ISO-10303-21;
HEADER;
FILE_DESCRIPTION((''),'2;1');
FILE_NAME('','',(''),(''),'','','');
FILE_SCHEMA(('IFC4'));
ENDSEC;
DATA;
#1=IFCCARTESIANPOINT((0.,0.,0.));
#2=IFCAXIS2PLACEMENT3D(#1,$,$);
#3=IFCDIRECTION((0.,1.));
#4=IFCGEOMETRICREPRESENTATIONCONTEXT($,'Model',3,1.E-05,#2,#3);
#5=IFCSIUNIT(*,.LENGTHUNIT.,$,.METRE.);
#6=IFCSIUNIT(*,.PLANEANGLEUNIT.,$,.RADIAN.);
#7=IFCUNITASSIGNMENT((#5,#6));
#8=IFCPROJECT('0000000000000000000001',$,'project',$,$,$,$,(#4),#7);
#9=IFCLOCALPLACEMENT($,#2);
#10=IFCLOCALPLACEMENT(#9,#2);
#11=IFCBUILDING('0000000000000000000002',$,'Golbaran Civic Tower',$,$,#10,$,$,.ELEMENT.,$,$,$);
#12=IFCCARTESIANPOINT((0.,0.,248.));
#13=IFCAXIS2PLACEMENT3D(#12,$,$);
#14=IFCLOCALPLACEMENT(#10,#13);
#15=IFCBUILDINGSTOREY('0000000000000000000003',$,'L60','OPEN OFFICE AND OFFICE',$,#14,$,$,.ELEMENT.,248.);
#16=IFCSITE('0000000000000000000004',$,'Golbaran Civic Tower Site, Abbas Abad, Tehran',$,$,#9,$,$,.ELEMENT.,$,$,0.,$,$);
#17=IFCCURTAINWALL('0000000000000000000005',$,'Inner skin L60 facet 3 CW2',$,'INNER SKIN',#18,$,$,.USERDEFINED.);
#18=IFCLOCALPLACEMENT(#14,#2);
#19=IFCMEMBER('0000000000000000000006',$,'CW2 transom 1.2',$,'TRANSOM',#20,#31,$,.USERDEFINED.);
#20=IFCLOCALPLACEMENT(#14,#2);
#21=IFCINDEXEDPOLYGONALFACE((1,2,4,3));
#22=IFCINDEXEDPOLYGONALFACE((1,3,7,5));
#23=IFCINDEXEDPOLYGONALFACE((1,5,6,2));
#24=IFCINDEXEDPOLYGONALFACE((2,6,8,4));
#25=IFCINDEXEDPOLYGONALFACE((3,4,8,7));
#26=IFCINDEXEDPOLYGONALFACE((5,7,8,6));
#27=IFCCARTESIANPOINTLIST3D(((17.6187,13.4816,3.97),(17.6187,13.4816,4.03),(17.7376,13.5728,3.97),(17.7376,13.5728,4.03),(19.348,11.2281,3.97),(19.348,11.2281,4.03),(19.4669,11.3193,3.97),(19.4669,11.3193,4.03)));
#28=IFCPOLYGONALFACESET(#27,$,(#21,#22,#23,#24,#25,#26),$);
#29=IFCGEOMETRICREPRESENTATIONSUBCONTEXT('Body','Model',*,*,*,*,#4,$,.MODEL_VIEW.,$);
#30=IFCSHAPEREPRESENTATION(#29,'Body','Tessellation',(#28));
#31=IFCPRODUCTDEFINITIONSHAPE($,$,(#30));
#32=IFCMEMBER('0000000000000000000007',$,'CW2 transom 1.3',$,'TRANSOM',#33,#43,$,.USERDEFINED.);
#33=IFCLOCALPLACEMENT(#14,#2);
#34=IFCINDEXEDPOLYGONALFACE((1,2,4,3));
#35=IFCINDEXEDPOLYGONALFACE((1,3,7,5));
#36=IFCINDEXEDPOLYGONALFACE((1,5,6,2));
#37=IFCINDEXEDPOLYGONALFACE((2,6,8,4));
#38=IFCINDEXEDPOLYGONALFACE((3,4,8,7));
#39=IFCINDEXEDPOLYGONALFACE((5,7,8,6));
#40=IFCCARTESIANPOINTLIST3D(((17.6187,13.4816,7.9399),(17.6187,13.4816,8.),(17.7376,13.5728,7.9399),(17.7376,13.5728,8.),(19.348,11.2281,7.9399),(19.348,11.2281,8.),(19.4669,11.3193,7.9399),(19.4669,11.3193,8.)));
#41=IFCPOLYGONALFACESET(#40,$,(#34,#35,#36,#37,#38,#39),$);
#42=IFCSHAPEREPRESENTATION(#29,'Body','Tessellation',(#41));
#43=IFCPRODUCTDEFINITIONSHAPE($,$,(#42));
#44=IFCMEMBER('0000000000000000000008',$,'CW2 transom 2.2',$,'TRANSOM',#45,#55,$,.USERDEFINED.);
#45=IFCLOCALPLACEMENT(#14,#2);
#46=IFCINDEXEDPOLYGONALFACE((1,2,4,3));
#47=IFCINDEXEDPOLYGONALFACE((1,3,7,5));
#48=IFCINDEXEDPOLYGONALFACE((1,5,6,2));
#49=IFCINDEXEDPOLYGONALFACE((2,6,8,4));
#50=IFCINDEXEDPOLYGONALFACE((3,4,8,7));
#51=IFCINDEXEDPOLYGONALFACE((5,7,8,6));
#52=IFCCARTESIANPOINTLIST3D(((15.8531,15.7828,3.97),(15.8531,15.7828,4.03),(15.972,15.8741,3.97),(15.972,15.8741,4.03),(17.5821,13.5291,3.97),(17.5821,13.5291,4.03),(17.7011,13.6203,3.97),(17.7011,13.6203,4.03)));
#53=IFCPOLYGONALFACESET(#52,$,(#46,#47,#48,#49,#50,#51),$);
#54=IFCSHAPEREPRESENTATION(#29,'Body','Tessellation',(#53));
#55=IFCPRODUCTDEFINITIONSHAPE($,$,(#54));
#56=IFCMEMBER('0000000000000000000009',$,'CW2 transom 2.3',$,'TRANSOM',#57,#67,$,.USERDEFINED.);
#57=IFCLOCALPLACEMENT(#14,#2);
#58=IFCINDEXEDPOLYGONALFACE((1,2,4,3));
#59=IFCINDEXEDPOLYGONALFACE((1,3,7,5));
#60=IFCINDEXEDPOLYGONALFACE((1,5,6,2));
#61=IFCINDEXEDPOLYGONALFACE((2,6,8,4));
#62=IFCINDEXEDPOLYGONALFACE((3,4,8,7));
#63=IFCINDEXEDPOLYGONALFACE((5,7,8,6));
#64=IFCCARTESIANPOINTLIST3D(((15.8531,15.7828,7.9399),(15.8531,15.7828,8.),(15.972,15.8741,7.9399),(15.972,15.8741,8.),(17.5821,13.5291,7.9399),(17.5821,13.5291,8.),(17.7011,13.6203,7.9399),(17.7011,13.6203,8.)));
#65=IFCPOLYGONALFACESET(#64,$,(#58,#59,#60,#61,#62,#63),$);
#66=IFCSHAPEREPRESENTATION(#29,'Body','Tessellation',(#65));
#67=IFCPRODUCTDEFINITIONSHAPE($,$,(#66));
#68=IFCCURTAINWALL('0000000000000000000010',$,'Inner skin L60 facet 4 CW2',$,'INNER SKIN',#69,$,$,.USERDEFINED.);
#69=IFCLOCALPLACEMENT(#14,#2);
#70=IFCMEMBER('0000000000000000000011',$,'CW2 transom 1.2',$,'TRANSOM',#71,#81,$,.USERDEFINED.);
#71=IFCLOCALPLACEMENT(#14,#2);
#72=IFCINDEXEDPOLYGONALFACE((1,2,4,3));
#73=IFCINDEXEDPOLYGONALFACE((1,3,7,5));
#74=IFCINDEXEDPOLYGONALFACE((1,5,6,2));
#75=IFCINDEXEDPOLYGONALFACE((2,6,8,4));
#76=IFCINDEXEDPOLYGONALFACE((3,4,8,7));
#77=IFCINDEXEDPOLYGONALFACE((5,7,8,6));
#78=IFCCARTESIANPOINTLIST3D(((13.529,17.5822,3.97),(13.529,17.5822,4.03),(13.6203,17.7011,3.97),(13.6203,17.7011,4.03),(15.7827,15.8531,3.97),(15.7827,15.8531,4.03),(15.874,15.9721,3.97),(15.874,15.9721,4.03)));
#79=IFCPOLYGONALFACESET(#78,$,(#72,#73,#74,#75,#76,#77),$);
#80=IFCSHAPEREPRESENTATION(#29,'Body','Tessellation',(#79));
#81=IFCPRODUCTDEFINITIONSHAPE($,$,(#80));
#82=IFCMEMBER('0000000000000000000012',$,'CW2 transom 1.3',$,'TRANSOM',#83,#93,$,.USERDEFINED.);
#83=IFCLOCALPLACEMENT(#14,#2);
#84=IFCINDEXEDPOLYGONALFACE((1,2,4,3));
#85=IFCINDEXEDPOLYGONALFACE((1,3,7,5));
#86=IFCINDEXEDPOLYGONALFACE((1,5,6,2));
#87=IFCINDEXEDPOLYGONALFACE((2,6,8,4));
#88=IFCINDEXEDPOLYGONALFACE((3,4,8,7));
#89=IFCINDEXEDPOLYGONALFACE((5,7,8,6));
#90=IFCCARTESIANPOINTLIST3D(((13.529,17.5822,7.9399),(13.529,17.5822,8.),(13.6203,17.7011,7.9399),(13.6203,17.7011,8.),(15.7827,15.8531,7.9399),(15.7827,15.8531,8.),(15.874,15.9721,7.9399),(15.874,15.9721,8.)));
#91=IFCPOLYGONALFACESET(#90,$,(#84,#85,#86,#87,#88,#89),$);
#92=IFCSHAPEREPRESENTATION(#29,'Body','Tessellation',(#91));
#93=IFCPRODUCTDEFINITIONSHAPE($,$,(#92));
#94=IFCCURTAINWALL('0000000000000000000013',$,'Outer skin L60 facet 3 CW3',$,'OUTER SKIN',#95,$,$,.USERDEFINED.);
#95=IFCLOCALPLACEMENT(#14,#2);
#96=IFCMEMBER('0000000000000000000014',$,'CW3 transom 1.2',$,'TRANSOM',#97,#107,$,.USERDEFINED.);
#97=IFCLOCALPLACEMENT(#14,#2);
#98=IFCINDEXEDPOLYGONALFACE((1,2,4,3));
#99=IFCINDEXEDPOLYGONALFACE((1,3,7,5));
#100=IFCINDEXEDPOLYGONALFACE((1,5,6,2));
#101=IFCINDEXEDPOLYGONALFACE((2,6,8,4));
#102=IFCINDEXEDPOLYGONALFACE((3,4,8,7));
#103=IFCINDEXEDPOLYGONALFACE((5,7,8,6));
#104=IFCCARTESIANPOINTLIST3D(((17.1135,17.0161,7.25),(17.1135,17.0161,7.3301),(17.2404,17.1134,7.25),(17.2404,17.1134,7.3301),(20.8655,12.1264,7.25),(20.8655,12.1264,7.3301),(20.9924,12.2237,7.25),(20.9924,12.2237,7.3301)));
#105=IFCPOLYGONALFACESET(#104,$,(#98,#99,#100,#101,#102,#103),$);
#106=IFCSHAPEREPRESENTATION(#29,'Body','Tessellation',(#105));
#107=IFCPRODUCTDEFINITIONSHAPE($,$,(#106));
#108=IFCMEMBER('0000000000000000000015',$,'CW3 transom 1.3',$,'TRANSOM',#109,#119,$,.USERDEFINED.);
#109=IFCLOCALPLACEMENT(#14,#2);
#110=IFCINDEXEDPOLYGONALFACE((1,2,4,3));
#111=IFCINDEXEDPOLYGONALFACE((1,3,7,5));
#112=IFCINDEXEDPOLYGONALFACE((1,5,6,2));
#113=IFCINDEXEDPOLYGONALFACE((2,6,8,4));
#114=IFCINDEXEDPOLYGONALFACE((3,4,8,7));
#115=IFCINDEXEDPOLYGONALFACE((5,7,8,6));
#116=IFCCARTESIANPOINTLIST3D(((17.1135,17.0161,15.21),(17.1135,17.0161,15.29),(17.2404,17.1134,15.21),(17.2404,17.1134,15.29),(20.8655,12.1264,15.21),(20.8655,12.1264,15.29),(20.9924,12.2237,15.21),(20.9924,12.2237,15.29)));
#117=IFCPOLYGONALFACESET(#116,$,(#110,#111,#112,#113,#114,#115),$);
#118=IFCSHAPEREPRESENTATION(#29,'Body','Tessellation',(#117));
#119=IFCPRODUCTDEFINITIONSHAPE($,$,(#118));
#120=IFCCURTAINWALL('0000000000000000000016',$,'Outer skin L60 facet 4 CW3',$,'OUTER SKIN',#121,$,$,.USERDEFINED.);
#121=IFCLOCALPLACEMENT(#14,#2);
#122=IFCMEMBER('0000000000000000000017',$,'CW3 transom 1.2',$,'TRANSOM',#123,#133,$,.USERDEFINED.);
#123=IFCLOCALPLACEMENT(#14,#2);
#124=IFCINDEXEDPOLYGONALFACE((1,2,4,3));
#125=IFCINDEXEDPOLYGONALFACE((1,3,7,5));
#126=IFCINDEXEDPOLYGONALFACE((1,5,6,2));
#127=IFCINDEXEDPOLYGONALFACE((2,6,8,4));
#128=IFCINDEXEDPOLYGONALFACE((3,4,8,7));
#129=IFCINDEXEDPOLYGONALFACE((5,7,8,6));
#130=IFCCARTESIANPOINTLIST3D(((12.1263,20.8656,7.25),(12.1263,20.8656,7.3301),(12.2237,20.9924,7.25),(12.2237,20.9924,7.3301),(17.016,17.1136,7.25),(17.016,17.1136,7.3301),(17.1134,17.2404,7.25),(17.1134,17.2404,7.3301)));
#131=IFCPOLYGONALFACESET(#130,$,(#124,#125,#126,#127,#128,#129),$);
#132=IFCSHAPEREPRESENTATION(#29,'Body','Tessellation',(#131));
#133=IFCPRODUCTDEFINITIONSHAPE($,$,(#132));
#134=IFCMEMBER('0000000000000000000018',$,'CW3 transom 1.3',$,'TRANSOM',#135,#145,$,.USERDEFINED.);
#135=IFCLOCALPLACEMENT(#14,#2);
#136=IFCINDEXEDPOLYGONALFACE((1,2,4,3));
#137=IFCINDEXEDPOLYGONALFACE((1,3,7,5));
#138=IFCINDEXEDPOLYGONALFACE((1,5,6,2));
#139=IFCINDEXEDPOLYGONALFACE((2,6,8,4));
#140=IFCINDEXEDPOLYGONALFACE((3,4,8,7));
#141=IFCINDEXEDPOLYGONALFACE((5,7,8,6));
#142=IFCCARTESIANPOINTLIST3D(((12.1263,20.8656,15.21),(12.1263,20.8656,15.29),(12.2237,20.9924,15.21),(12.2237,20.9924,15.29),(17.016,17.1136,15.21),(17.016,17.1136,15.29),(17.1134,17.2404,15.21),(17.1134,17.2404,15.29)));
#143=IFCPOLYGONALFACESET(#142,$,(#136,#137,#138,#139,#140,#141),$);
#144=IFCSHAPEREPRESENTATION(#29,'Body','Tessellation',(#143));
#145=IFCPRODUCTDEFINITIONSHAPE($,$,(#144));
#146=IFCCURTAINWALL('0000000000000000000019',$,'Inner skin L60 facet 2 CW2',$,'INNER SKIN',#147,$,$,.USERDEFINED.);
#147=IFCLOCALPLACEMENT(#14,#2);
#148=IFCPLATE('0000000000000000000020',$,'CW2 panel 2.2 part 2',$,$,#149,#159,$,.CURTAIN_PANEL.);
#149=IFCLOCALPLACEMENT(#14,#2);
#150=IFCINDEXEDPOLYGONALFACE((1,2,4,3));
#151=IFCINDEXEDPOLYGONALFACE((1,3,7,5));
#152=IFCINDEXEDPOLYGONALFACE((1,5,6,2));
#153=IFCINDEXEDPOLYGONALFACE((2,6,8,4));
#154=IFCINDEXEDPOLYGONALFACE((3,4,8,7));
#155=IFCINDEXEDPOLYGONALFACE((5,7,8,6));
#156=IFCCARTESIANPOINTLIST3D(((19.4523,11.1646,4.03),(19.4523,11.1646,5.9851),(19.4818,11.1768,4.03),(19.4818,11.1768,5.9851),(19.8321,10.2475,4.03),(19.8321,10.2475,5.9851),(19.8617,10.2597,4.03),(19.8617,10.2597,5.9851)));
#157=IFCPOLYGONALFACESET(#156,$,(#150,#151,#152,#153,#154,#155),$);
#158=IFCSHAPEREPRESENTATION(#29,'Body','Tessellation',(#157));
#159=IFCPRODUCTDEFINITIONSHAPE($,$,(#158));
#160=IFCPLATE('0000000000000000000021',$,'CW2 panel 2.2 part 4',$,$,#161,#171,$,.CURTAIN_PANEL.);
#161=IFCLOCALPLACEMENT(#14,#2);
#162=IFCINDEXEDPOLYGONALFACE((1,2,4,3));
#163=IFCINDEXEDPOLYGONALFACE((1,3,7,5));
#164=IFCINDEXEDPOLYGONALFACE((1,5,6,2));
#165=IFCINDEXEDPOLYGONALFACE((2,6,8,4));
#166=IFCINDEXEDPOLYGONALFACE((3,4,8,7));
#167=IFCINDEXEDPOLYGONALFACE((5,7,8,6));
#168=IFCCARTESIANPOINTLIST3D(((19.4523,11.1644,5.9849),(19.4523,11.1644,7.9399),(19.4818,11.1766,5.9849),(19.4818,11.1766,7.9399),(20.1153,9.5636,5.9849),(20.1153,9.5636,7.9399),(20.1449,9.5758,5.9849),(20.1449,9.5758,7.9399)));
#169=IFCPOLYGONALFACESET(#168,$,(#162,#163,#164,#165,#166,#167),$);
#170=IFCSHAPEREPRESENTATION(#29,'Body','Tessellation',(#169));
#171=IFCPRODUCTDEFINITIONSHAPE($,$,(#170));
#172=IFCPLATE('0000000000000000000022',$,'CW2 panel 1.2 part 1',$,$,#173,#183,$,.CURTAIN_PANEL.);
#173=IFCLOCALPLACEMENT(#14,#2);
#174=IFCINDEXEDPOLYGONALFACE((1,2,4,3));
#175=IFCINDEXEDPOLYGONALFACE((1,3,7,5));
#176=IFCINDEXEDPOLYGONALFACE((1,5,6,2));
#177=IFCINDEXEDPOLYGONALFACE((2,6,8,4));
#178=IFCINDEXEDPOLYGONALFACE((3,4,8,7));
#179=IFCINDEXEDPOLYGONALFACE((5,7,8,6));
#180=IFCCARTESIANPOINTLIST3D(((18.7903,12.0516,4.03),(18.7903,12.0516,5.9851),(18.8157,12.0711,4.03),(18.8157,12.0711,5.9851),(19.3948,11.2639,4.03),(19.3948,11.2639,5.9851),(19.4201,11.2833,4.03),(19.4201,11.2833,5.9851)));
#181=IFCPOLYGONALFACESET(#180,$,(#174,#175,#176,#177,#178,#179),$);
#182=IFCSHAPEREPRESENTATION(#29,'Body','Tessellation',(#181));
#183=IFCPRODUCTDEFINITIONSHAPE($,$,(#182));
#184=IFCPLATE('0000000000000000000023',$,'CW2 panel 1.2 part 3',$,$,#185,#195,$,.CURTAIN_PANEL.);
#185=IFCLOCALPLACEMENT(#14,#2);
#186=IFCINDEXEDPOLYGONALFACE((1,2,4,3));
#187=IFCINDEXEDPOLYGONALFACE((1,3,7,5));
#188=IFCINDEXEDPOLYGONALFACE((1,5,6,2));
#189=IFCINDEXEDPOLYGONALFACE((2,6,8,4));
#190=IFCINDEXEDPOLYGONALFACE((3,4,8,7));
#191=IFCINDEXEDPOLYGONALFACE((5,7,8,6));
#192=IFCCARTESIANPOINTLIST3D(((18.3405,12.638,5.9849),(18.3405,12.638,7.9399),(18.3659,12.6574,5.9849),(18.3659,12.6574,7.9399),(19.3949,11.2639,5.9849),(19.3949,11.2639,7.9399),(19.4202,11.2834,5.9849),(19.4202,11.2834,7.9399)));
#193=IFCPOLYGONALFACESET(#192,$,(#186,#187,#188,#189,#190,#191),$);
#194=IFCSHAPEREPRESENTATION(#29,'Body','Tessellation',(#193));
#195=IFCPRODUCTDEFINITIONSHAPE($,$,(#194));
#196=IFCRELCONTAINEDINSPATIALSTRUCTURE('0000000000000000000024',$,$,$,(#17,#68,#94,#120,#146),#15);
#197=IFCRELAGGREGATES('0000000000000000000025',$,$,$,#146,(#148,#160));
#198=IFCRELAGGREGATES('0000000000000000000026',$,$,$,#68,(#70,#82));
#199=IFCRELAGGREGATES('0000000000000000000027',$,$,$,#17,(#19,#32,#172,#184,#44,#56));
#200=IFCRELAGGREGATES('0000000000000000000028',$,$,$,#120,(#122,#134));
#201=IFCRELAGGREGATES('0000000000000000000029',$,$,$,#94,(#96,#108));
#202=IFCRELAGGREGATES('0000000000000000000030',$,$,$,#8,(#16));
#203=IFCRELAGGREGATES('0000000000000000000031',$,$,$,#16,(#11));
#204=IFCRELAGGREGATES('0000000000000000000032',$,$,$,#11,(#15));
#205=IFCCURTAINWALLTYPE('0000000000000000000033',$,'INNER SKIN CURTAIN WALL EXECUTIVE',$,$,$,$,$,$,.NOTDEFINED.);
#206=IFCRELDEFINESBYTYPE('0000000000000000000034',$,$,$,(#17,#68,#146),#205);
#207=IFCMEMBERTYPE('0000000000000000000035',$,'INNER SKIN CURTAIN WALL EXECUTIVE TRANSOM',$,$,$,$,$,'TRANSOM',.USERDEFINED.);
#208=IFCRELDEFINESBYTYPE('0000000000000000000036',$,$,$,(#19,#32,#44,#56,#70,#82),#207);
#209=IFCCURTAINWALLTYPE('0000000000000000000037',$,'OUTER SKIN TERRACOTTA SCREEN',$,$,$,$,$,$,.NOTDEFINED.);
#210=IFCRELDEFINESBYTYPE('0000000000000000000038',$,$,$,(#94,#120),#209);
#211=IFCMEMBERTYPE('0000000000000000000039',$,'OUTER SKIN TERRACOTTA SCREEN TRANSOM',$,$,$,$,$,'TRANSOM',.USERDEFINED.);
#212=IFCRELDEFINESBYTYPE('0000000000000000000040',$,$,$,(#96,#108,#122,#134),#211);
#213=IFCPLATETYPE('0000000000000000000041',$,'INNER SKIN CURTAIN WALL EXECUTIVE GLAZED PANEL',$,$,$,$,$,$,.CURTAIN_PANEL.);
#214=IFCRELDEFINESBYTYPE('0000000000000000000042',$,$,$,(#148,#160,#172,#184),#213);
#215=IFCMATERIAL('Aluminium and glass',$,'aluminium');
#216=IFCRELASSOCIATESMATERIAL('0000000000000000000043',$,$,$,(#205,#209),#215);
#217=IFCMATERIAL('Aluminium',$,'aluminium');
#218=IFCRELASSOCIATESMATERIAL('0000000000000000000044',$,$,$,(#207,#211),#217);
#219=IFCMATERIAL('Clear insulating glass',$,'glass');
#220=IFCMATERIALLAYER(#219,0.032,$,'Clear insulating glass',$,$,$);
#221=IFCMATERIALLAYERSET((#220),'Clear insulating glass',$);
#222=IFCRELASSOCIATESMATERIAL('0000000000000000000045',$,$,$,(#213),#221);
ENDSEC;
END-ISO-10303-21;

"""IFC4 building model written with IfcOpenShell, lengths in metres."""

from ifc_helpers import new_model, si_unit, direction, frame, origin, origin_2d, place, context, subcontext, project, spatial, rectangle, extrude, material, layer, layer_set, material_profile, profile_set, type_object, element, aggregate, save


model = new_model("IFC4")

# Units and contexts
model_context = context("Model", 3, precision=1e-05, world=origin(), true_north=direction((0.0, 1.0)))
body_context = subcontext(model_context, "Body", "Model", "MODEL_VIEW")
ifc_project = project(units=[si_unit("LENGTHUNIT", "METRE"), si_unit("PLANEANGLEUNIT", "RADIAN")], contexts=[model_context])

# Site, building, storey
site_placement = place(None, origin())
site = spatial("IfcSite", under=ifc_project, at=site_placement, Name="Golbaran Civic Tower Site, Abbas Abad, Tehran", CompositionType="ELEMENT", RefElevation=0.0)
building_placement = place(site_placement, origin())
building = spatial("IfcBuilding", under=site, at=building_placement, Name="Golbaran Civic Tower", CompositionType="ELEMENT")
storey_placement = place(building_placement, frame((0.0, 0.0, 248.0)))
storey = spatial("IfcBuildingStorey", under=building, at=storey_placement, Name="L60", Description="OPEN OFFICE AND OFFICE", CompositionType="ELEMENT", Elevation=248.0)

# Curtain walls, members
ifc_material_1 = material(Name="Aluminium and glass", Category="aluminium")
curtain_wall_type_1 = type_object("IfcCurtainWallType", Name="INNER SKIN CURTAIN WALL EXECUTIVE", PredefinedType="NOTDEFINED", material=ifc_material_1)
curtain_wall_1_placement = place(storey_placement, origin())
curtain_wall_1 = element("IfcCurtainWall", 1, at=curtain_wall_1_placement, inside=storey, type_object=curtain_wall_type_1, Name="Inner skin L60 facet 3 CW2", ObjectType="INNER SKIN", PredefinedType="USERDEFINED")
ifc_material_2 = material(Name="Aluminium", Category="aluminium")
ifc_material_profile_1 = material_profile(ifc_material_2, rectangle(XDim=0.1499, YDim=0.0601, at=origin_2d()), Name="INNER SKIN CURTAIN WALL EXECUTIVE TRANSOM")
ifc_profile_set_1 = profile_set([ifc_material_profile_1], Name="Aluminium")
member_type_1 = type_object("IfcMemberType", Name="INNER SKIN CURTAIN WALL EXECUTIVE TRANSOM", ElementType="TRANSOM", PredefinedType="USERDEFINED", material=ifc_profile_set_1)
member_1_placement = place(storey_placement, frame((19.4075, 11.2737, 4.0), z_axis=(-0.608792, 0.79333, 0.0), x_axis=(-0.79333, -0.608792, 0.0)))
member_1 = element("IfcMember", 2, at=member_1_placement, type_object=member_type_1, Name="CW2 transom 1.2", ObjectType="TRANSOM", PredefinedType="USERDEFINED", context=body_context, shape_type="SweptSolid", body=[
    extrude(rectangle(XDim=0.1499, YDim=0.0601, at=origin_2d()), origin(), (0.0, 0.0, 1.0), 2.8406),
])
member_2_placement = place(storey_placement, frame((19.4075, 11.2737, 7.97), z_axis=(-0.608792, 0.79333, 0.0), x_axis=(-0.79333, -0.608792, 0.0)))
member_2 = element("IfcMember", 3, at=member_2_placement, type_object=member_type_1, Name="CW2 transom 1.3", ObjectType="TRANSOM", PredefinedType="USERDEFINED", context=body_context, shape_type="SweptSolid", body=[
    extrude(rectangle(XDim=0.1499, YDim=0.0601, at=origin_2d()), origin(), (0.0, 0.0, 1.0), 2.8406),
])
member_3_placement = place(storey_placement, frame((17.6416, 13.5747, 4.0), z_axis=(-0.608697, 0.793403, 0.0), x_axis=(-0.793403, -0.608697, 0.0)))
member_3 = element("IfcMember", 4, at=member_3_placement, type_object=member_type_1, Name="CW2 transom 2.2", ObjectType="TRANSOM", PredefinedType="USERDEFINED", context=body_context, shape_type="SweptSolid", body=[
    extrude(rectangle(XDim=0.1499, YDim=0.0601, at=origin_2d()), origin(), (0.0, 0.0, 1.0), 2.8406),
])
member_4_placement = place(storey_placement, frame((17.6416, 13.5747, 7.97), z_axis=(-0.608697, 0.793403, 0.0), x_axis=(-0.793403, -0.608697, 0.0)))
member_4 = element("IfcMember", 5, at=member_4_placement, type_object=member_type_1, Name="CW2 transom 2.3", ObjectType="TRANSOM", PredefinedType="USERDEFINED", context=body_context, shape_type="SweptSolid", body=[
    extrude(rectangle(XDim=0.1499, YDim=0.0601, at=origin_2d()), origin(), (0.0, 0.0, 1.0), 2.8406),
])
curtain_wall_2_placement = place(storey_placement, origin())
curtain_wall_2 = element("IfcCurtainWall", 6, at=curtain_wall_2_placement, inside=storey, type_object=curtain_wall_type_1, Name="Inner skin L60 facet 4 CW2", ObjectType="INNER SKIN", PredefinedType="USERDEFINED")
member_5_placement = place(storey_placement, frame((15.8284, 15.9126, 4.0), z_axis=(-0.793403, 0.608697, 0.0), x_axis=(-0.608697, -0.793403, 0.0)))
member_5 = element("IfcMember", 7, at=member_5_placement, type_object=member_type_1, Name="CW2 transom 1.2", ObjectType="TRANSOM", PredefinedType="USERDEFINED", context=body_context, shape_type="SweptSolid", body=[
    extrude(rectangle(XDim=0.1499, YDim=0.0601, at=origin_2d()), origin(), (0.0, 0.0, 1.0), 2.8406),
])
member_6_placement = place(storey_placement, frame((15.8284, 15.9126, 7.97), z_axis=(-0.793403, 0.608697, 0.0), x_axis=(-0.608697, -0.793403, 0.0)))
member_6 = element("IfcMember", 8, at=member_6_placement, type_object=member_type_1, Name="CW2 transom 1.3", ObjectType="TRANSOM", PredefinedType="USERDEFINED", context=body_context, shape_type="SweptSolid", body=[
    extrude(rectangle(XDim=0.1499, YDim=0.0601, at=origin_2d()), origin(), (0.0, 0.0, 1.0), 2.8406),
])
curtain_wall_type_2 = type_object("IfcCurtainWallType", Name="OUTER SKIN TERRACOTTA SCREEN", PredefinedType="NOTDEFINED", material=ifc_material_1)
curtain_wall_3_placement = place(storey_placement, origin())
curtain_wall_3 = element("IfcCurtainWall", 9, at=curtain_wall_3_placement, inside=storey, type_object=curtain_wall_type_2, Name="Outer skin L60 facet 3 CW3", ObjectType="OUTER SKIN", PredefinedType="USERDEFINED")
ifc_material_profile_2 = material_profile(ifc_material_2, rectangle(XDim=0.1599, YDim=0.0801, at=origin_2d()), Name="OUTER SKIN TERRACOTTA SCREEN TRANSOM")
ifc_profile_set_2 = profile_set([ifc_material_profile_2], Name="Aluminium")
member_type_2 = type_object("IfcMemberType", Name="OUTER SKIN TERRACOTTA SCREEN TRANSOM", ElementType="TRANSOM", PredefinedType="USERDEFINED", material=ifc_profile_set_2)
member_7_placement = place(storey_placement, frame((20.929, 12.175, 7.29), z_axis=(-0.608761, 0.793354, 0.0), x_axis=(-0.793354, -0.608761, 0.0)))
member_7 = element("IfcMember", 10, at=member_7_placement, type_object=member_type_2, Name="CW3 transom 1.2", ObjectType="TRANSOM", PredefinedType="USERDEFINED", context=body_context, shape_type="SweptSolid", body=[
    extrude(rectangle(XDim=0.1599, YDim=0.0801, at=origin_2d()), origin(), (0.0, 0.0, 1.0), 6.1633),
])
member_8_placement = place(storey_placement, frame((20.929, 12.175, 15.25), z_axis=(-0.608761, 0.793354, 0.0), x_axis=(-0.793354, -0.608761, 0.0)))
member_8 = element("IfcMember", 11, at=member_8_placement, type_object=member_type_2, Name="CW3 transom 1.3", ObjectType="TRANSOM", PredefinedType="USERDEFINED", context=body_context, shape_type="SweptSolid", body=[
    extrude(rectangle(XDim=0.1599, YDim=0.0801, at=origin_2d()), origin(), (0.0, 0.0, 1.0), 6.1633),
])
curtain_wall_4_placement = place(storey_placement, origin())
curtain_wall_4 = element("IfcCurtainWall", 12, at=curtain_wall_4_placement, inside=storey, type_object=curtain_wall_type_2, Name="Outer skin L60 facet 4 CW3", ObjectType="OUTER SKIN", PredefinedType="USERDEFINED")
member_9_placement = place(storey_placement, frame((17.0647, 17.177, 7.29), z_axis=(-0.793354, 0.608761, 0.0), x_axis=(-0.608761, -0.793354, 0.0)))
member_9 = element("IfcMember", 13, at=member_9_placement, type_object=member_type_2, Name="CW3 transom 1.2", ObjectType="TRANSOM", PredefinedType="USERDEFINED", context=body_context, shape_type="SweptSolid", body=[
    extrude(rectangle(XDim=0.1599, YDim=0.0801, at=origin_2d()), origin(), (0.0, 0.0, 1.0), 6.1633),
])
member_10_placement = place(storey_placement, frame((17.0647, 17.177, 15.25), z_axis=(-0.793354, 0.608761, 0.0), x_axis=(-0.608761, -0.793354, 0.0)))
member_10 = element("IfcMember", 14, at=member_10_placement, type_object=member_type_2, Name="CW3 transom 1.3", ObjectType="TRANSOM", PredefinedType="USERDEFINED", context=body_context, shape_type="SweptSolid", body=[
    extrude(rectangle(XDim=0.1599, YDim=0.0801, at=origin_2d()), origin(), (0.0, 0.0, 1.0), 6.1633),
])

# Curtain wall, plates
curtain_wall_5_placement = place(storey_placement, origin())
curtain_wall_5 = element("IfcCurtainWall", 15, at=curtain_wall_5_placement, inside=storey, type_object=curtain_wall_type_1, Name="Inner skin L60 facet 2 CW2", ObjectType="INNER SKIN", PredefinedType="USERDEFINED")
ifc_material_3 = material(Name="Clear insulating glass", Category="glass")
ifc_layer_1 = layer(ifc_material_3, 0.032, Name="Clear insulating glass")
ifc_layer_set_1 = layer_set([ifc_layer_1], Name="Clear insulating glass")
plate_type_1 = type_object("IfcPlateType", Name="INNER SKIN CURTAIN WALL EXECUTIVE GLAZED PANEL", PredefinedType="CURTAIN_PANEL", material=ifc_layer_set_1)
plate_1_placement = place(storey_placement, frame((19.657, 10.7122, 4.03), z_axis=(0.0, 0.0, 1.0), x_axis=(-0.382683, 0.92388, 0.0)))
plate_1 = element("IfcPlate", 16, at=plate_1_placement, type_object=plate_type_1, Name="CW2 panel 2.2 part 2", PredefinedType="CURTAIN_PANEL", context=body_context, shape_type="SweptSolid", body=[
    extrude(rectangle(XDim=0.9927, YDim=0.032, at=origin_2d()), origin(), (0.0, 0.0, 1.0), 1.9551),
])
plate_2_placement = place(storey_placement, frame((19.7986, 10.3701, 5.9849), z_axis=(0.0, 0.0, 1.0), x_axis=(-0.382683, 0.92388, 0.0)))
plate_2 = element("IfcPlate", 17, at=plate_2_placement, type_object=plate_type_1, Name="CW2 panel 2.2 part 4", PredefinedType="CURTAIN_PANEL", context=body_context, shape_type="SweptSolid", body=[
    extrude(rectangle(XDim=1.7327, YDim=0.032, at=origin_2d()), origin(), (0.0, 0.0, 1.0), 1.9551),
])
aggregate(curtain_wall_5, [plate_1, plate_2])

# Plates
plate_3_placement = place(storey_placement, frame((19.1052, 11.6675, 4.03), z_axis=(0.0, 0.0, 1.0), x_axis=(-0.608761, 0.793353, 0.0)))
plate_3 = element("IfcPlate", 18, at=plate_3_placement, type_object=plate_type_1, Name="CW2 panel 1.2 part 1", PredefinedType="CURTAIN_PANEL", context=body_context, shape_type="SweptSolid", body=[
    extrude(rectangle(XDim=0.9929, YDim=0.032, at=origin_2d()), origin(), (0.0, 0.0, 1.0), 1.9551),
])
plate_4_placement = place(storey_placement, frame((18.8804, 11.9607, 5.9849), z_axis=(0.0, 0.0, 1.0), x_axis=(-0.608761, 0.793353, 0.0)))
plate_4 = element("IfcPlate", 19, at=plate_4_placement, type_object=plate_type_1, Name="CW2 panel 1.2 part 3", PredefinedType="CURTAIN_PANEL", context=body_context, shape_type="SweptSolid", body=[
    extrude(rectangle(XDim=1.7319, YDim=0.032, at=origin_2d()), origin(), (0.0, 0.0, 1.0), 1.9551),
])
aggregate(curtain_wall_2, [member_5, member_6])
aggregate(curtain_wall_1, [member_1, member_2, plate_3, plate_4, member_3, member_4])

aggregate(curtain_wall_4, [member_9, member_10])
aggregate(curtain_wall_3, [member_7, member_8])

save(model, "model.ifc")
